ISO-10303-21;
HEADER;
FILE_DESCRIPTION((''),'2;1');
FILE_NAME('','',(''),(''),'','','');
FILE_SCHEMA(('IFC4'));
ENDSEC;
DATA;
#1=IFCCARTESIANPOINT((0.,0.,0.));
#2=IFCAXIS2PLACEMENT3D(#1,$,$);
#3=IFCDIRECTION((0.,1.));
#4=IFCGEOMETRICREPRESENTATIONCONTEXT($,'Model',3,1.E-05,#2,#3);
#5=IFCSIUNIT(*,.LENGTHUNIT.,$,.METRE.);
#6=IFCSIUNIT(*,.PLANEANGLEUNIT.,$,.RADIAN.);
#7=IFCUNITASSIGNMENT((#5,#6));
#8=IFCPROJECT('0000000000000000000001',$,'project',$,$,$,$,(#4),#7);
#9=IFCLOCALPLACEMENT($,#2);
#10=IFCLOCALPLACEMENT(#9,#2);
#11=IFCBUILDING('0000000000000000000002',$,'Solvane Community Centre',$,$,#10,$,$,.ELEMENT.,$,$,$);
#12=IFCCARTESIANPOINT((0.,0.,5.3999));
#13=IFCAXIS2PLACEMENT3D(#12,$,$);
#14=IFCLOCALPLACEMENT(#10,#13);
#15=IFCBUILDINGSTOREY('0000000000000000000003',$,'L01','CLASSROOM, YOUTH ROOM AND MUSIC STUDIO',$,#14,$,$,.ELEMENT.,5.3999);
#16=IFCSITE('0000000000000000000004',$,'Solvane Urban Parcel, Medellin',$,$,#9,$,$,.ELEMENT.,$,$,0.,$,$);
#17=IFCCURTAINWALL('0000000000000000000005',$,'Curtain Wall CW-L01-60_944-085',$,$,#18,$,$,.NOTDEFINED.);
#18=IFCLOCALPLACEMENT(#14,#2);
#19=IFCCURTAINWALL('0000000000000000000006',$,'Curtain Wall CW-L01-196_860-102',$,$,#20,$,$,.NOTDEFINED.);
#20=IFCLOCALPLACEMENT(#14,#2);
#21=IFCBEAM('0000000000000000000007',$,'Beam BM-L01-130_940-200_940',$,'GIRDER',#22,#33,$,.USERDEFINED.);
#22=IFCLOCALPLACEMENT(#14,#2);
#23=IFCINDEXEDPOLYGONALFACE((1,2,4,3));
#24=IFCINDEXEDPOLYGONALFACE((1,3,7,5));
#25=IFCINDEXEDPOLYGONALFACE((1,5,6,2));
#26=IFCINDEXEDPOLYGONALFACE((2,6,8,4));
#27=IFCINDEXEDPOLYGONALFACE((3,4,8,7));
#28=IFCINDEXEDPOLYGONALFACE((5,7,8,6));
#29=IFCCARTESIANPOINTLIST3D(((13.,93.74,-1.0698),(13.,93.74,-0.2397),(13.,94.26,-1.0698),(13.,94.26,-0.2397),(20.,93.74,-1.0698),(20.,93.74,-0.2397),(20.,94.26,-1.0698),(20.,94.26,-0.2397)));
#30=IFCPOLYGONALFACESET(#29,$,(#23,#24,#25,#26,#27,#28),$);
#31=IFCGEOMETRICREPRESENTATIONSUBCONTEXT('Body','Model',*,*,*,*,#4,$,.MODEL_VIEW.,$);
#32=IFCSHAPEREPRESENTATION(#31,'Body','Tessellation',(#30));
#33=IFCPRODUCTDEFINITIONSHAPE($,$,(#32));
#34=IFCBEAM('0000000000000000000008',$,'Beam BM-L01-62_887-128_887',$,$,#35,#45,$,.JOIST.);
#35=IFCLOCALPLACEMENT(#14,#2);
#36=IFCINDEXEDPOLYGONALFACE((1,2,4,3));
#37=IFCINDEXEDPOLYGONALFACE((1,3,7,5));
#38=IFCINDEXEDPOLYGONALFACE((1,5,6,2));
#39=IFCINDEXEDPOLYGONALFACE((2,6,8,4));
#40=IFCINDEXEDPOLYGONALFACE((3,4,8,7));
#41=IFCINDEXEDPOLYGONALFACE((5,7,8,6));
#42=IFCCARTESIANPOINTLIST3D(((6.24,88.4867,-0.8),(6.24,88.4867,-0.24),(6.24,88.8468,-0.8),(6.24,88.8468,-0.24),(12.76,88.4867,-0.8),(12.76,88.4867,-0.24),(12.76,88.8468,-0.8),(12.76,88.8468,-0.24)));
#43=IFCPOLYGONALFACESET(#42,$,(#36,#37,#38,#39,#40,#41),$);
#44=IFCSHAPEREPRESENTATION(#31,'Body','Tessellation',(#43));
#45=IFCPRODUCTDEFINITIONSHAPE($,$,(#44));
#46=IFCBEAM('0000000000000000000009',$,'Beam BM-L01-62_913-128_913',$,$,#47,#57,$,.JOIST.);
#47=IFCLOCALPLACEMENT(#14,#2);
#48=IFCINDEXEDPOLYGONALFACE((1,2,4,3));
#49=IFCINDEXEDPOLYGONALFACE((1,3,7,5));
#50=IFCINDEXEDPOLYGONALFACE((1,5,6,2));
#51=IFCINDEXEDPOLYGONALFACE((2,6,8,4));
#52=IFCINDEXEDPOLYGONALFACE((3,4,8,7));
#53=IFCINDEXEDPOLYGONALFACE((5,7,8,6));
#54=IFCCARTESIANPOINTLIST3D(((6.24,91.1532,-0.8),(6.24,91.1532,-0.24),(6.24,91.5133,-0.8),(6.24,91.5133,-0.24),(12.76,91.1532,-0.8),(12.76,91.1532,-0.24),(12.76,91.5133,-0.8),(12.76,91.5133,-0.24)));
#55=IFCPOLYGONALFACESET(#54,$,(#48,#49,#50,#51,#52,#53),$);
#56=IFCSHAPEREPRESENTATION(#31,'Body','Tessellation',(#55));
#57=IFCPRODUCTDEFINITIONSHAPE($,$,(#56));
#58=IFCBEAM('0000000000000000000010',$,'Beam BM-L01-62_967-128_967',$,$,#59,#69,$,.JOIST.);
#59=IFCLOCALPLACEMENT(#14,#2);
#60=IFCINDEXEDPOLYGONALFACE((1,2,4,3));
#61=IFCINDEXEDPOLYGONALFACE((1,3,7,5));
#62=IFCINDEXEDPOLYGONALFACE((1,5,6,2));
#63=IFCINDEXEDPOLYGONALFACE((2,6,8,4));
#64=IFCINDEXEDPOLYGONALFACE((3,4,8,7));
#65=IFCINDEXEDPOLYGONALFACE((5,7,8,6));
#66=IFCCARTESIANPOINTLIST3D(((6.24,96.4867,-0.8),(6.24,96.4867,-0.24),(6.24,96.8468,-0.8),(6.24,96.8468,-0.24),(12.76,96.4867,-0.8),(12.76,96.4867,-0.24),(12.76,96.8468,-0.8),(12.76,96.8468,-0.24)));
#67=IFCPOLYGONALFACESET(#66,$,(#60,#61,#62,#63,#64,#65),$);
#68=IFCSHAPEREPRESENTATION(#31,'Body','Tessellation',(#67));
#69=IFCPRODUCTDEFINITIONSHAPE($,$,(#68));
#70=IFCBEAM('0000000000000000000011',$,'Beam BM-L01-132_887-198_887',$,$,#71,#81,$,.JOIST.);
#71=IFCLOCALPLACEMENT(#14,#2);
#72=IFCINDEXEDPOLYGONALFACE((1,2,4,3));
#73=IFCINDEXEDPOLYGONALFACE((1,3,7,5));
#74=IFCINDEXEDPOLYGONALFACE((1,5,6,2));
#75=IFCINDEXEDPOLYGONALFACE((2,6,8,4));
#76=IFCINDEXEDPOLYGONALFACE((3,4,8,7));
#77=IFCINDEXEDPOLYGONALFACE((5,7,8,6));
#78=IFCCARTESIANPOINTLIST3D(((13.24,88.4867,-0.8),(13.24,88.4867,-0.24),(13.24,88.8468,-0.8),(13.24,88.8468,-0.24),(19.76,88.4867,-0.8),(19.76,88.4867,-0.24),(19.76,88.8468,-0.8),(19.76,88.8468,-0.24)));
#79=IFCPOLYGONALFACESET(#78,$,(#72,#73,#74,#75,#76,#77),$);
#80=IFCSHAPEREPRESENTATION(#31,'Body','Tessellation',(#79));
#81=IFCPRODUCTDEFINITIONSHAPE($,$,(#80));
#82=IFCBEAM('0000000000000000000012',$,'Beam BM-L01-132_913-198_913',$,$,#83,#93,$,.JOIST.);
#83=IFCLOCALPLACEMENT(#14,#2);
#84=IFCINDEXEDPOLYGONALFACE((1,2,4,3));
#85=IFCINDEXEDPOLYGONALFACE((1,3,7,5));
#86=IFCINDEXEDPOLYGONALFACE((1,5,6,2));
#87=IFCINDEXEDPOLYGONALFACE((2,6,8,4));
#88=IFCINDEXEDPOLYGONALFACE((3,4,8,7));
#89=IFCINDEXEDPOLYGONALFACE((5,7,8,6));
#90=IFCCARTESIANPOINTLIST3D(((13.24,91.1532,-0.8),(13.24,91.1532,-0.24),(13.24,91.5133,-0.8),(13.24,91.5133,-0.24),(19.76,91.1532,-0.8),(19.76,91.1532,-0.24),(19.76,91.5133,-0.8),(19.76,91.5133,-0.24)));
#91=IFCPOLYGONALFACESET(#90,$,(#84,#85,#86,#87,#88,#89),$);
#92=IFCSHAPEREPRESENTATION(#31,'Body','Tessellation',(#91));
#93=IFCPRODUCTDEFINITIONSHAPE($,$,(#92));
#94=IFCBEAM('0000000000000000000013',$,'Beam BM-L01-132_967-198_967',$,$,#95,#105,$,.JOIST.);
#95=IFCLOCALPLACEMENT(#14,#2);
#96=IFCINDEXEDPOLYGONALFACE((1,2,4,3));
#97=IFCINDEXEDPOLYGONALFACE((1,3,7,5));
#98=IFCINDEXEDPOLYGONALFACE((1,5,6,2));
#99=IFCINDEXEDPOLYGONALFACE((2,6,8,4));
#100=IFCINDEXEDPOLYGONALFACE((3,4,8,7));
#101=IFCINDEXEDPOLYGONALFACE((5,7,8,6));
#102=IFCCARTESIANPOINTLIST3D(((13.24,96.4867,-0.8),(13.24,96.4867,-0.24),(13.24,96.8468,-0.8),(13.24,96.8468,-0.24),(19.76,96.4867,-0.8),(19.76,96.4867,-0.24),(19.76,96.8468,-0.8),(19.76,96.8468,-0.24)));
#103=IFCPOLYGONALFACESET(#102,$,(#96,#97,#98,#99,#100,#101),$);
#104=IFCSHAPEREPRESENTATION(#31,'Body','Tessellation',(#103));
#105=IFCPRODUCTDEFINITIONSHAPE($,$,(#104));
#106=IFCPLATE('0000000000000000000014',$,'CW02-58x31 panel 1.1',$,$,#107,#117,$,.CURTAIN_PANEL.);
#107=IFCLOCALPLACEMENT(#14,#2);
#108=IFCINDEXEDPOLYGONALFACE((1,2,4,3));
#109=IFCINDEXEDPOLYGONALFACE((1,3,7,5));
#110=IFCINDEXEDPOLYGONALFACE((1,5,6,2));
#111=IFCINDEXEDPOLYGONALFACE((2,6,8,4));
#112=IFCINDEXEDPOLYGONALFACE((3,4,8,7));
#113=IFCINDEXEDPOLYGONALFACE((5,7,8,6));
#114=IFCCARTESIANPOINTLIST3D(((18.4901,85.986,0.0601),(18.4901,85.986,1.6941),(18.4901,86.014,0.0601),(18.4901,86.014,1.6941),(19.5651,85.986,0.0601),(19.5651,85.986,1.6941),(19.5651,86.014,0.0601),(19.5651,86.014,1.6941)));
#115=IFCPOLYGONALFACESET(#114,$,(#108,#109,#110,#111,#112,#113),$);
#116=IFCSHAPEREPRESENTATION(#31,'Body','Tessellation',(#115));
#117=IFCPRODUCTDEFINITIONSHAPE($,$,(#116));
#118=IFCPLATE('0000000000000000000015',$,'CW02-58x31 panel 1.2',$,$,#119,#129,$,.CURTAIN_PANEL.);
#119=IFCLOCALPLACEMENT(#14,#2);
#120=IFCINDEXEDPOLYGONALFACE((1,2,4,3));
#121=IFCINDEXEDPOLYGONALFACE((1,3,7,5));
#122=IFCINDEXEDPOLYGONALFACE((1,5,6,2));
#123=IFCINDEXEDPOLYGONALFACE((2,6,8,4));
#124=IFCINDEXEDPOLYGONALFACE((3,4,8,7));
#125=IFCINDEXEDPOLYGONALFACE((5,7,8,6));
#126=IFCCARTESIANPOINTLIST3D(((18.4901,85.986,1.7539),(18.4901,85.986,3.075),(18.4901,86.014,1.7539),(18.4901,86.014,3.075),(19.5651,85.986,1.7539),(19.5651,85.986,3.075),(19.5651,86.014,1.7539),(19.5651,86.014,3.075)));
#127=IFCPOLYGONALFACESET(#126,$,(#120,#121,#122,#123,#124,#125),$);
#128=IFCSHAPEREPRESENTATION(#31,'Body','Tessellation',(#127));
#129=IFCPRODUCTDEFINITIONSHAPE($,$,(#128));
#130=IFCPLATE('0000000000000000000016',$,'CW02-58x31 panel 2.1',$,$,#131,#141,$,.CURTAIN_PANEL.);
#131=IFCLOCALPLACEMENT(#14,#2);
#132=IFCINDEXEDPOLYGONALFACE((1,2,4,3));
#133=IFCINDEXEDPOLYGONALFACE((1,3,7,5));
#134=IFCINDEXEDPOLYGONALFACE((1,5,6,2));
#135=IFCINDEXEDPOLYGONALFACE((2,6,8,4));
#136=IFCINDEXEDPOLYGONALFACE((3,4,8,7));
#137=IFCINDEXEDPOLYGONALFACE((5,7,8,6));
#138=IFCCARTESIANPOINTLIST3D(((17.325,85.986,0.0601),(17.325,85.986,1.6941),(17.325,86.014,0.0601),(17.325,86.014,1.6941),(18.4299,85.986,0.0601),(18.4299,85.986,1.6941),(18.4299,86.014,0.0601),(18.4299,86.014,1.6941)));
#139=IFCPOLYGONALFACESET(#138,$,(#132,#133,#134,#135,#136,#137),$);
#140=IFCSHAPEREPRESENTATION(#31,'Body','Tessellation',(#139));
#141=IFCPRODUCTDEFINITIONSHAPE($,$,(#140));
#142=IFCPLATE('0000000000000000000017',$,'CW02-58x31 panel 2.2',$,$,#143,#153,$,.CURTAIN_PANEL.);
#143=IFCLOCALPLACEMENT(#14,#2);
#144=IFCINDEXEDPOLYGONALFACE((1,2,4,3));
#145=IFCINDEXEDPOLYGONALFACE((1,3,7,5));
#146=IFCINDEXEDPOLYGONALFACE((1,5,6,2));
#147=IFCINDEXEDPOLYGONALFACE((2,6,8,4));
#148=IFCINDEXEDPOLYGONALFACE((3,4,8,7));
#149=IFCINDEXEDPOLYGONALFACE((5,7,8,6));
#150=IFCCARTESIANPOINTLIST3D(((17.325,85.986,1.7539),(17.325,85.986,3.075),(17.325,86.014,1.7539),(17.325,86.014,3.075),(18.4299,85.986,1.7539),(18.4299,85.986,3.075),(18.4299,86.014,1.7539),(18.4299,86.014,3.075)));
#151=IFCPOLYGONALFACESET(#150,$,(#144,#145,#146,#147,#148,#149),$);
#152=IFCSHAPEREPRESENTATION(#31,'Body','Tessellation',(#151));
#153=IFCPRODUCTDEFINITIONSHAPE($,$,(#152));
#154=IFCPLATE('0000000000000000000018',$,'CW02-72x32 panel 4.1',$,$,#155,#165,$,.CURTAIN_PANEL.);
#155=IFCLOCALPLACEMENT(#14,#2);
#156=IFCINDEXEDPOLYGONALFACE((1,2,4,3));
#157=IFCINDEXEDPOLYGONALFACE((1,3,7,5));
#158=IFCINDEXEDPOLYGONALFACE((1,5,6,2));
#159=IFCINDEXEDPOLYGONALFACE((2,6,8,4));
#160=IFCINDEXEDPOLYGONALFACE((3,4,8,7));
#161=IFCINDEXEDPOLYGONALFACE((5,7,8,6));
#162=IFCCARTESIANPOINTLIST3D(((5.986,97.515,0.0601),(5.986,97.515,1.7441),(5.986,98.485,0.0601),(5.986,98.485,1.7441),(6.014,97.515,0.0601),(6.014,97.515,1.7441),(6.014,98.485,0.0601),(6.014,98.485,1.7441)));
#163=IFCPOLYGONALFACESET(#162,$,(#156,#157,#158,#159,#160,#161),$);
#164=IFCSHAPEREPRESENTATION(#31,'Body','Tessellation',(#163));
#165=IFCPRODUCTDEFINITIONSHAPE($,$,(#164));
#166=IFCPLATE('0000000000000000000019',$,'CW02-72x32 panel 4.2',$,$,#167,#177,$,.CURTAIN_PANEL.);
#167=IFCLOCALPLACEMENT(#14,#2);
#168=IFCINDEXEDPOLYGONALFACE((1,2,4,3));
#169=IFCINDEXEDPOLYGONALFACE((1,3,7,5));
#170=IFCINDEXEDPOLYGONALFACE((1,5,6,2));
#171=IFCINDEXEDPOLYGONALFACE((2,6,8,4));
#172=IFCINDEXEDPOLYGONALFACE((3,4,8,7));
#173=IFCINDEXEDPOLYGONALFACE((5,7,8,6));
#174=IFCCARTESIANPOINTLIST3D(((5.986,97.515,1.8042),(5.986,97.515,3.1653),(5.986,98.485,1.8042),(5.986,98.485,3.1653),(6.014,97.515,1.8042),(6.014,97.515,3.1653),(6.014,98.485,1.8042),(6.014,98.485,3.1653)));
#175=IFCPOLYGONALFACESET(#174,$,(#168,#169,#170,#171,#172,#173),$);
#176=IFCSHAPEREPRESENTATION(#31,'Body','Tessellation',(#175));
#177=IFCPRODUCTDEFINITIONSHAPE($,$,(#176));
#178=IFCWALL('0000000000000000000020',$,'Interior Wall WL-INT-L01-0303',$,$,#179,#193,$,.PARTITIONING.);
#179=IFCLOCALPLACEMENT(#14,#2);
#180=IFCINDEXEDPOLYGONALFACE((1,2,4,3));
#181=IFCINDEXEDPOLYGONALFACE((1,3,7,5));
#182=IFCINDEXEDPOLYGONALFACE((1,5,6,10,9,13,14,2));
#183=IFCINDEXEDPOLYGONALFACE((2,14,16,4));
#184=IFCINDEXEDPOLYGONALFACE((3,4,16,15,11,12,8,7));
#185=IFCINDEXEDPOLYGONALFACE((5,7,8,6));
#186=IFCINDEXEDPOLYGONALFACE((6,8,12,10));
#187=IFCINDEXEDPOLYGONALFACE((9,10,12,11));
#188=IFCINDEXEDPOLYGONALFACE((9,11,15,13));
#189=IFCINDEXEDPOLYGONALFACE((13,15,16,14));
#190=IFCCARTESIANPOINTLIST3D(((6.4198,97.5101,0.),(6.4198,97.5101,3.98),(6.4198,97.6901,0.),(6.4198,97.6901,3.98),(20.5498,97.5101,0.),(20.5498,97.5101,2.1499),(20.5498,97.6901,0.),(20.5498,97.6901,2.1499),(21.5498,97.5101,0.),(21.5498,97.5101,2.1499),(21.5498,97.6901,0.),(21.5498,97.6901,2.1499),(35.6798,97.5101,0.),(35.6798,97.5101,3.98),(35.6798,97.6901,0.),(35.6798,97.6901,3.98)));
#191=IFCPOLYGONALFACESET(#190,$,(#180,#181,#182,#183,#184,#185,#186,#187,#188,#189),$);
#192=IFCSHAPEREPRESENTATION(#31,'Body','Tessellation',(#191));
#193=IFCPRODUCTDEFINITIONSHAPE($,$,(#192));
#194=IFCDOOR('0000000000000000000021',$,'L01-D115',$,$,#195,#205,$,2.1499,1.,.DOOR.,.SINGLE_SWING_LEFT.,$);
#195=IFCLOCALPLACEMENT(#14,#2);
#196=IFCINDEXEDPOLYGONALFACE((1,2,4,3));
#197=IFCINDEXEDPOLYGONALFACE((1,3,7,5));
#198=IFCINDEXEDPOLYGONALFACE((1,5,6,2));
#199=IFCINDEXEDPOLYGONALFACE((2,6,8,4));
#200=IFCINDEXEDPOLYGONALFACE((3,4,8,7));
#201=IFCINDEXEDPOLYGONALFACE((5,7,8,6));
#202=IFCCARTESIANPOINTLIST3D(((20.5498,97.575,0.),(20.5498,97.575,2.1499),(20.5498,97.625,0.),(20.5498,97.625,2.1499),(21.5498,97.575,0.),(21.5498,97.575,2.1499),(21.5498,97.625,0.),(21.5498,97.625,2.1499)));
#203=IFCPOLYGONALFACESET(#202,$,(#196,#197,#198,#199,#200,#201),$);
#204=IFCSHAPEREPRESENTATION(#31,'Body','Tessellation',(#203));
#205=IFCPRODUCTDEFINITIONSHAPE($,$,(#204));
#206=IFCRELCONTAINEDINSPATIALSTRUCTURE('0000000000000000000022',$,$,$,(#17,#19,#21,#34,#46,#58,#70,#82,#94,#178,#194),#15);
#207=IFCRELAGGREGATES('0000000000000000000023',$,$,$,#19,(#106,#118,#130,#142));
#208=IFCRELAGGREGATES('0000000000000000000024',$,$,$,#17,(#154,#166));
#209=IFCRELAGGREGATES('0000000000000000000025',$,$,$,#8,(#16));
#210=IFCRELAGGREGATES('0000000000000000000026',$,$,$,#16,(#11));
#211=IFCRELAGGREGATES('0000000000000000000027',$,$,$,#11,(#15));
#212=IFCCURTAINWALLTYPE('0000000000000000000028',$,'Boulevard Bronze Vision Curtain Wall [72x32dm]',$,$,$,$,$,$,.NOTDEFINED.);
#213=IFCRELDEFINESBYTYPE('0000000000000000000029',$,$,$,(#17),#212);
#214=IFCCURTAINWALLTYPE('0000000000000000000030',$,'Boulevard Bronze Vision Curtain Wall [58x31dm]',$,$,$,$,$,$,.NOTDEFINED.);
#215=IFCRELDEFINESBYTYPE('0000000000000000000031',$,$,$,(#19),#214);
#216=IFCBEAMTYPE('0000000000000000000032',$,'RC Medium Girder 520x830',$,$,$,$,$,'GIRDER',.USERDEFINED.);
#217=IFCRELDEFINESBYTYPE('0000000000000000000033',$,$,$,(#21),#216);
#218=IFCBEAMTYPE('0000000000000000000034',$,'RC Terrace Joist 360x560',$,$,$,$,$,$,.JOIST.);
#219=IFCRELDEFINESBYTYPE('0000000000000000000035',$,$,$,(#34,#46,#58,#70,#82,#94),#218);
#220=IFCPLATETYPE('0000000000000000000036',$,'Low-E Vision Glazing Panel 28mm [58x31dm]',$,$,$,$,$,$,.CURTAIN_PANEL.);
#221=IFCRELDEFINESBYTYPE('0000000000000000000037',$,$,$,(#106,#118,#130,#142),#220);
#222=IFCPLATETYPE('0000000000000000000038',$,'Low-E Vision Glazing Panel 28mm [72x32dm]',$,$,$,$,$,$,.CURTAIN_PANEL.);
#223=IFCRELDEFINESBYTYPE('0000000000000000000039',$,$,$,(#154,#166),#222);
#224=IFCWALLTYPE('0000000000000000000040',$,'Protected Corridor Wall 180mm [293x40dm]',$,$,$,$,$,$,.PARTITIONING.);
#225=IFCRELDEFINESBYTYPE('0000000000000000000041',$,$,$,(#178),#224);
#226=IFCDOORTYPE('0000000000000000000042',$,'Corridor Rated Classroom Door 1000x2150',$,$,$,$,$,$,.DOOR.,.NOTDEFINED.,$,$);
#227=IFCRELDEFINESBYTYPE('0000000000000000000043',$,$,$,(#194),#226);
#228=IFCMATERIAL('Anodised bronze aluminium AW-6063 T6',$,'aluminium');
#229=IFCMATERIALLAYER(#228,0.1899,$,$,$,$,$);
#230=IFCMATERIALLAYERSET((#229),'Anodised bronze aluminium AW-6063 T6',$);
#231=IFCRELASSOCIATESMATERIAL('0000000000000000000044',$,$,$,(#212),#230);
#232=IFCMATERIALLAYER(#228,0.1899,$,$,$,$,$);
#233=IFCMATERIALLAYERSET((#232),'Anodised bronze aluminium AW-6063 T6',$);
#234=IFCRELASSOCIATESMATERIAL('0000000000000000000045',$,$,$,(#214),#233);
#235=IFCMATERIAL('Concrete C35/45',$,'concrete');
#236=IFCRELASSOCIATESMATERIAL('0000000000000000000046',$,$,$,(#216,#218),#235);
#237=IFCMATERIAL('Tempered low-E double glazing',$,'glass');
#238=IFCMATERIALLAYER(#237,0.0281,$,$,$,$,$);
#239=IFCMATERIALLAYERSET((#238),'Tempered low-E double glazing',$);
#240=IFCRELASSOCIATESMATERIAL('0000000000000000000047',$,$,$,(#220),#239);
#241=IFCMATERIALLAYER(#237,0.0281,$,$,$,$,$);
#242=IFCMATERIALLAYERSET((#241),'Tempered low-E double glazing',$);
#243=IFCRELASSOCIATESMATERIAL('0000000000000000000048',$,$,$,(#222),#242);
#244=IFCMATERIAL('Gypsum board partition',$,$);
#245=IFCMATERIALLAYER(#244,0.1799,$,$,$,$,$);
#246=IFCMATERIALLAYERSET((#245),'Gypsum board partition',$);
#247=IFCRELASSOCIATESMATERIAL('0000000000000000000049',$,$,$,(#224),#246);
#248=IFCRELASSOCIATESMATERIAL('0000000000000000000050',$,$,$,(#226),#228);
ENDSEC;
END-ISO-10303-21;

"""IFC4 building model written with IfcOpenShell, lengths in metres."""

from ifc_helpers import new_model, si_unit, direction, frame, frame_2d, origin, origin_2d, place, context, subcontext, project, spatial, rectangle, extrude, material, layer, layer_set, material_profile, profile_set, type_object, element, fill, aggregate, save


model = new_model("IFC4")

# Units and contexts
model_context = context("Model", 3, precision=1e-05, world=origin(), true_north=direction((0.0, 1.0)))
body_context = subcontext(model_context, "Body", "Model", "MODEL_VIEW")
ifc_project = project(units=[si_unit("LENGTHUNIT", "METRE"), si_unit("PLANEANGLEUNIT", "RADIAN")], contexts=[model_context])

# Site, building, storey
site_placement = place(None, origin())
site = spatial("IfcSite", under=ifc_project, at=site_placement, Name="Solvane Urban Parcel, Medellin", CompositionType="ELEMENT", RefElevation=0.0)
building_placement = place(site_placement, origin())
building = spatial("IfcBuilding", under=site, at=building_placement, Name="Solvane Community Centre", CompositionType="ELEMENT")
storey_placement = place(building_placement, frame((0.0, 0.0, 5.3999)))
storey = spatial("IfcBuildingStorey", under=building, at=storey_placement, Name="L01", Description="CLASSROOM, YOUTH ROOM AND MUSIC STUDIO", CompositionType="ELEMENT", Elevation=5.3999)

# Shared definitions
ifc_material_1 = material(Name="Concrete C35/45", Category="concrete")

# Curtain wall
ifc_material_2 = material(Name="Anodised bronze aluminium AW-6063 T6", Category="aluminium")
ifc_layer_1 = layer(ifc_material_2, 0.1899)
ifc_layer_set_1 = layer_set([ifc_layer_1], Name="Anodised bronze aluminium AW-6063 T6")
curtain_wall_type_1 = type_object("IfcCurtainWallType", Name="Boulevard Bronze Vision Curtain Wall [72x32dm]", PredefinedType="NOTDEFINED", material=ifc_layer_set_1)
curtain_wall_1_placement = place(storey_placement, origin())
curtain_wall_1 = element("IfcCurtainWall", 1, at=curtain_wall_1_placement, inside=storey, type_object=curtain_wall_type_1, Name="Curtain Wall CW-L01-60_944-085", PredefinedType="NOTDEFINED")

# Curtain wall
ifc_layer_2 = layer(ifc_material_2, 0.1899)
ifc_layer_set_2 = layer_set([ifc_layer_2], Name="Anodised bronze aluminium AW-6063 T6")
curtain_wall_type_2 = type_object("IfcCurtainWallType", Name="Boulevard Bronze Vision Curtain Wall [58x31dm]", PredefinedType="NOTDEFINED", material=ifc_layer_set_2)
curtain_wall_2_placement = place(storey_placement, origin())
curtain_wall_2 = element("IfcCurtainWall", 2, at=curtain_wall_2_placement, inside=storey, type_object=curtain_wall_type_2, Name="Curtain Wall CW-L01-196_860-102", PredefinedType="NOTDEFINED")

# Beams
ifc_material_profile_1 = material_profile(ifc_material_1, rectangle(XDim=0.52, YDim=0.8301, at=origin_2d()), Name="RC 520x830")
ifc_profile_set_1 = profile_set([ifc_material_profile_1], Name="Concrete C35/45")
beam_type_1 = type_object("IfcBeamType", Name="RC Medium Girder 520x830", ElementType="GIRDER", PredefinedType="USERDEFINED", material=ifc_profile_set_1)
beam_1_placement = place(storey_placement, frame((13.0, 94.0, -0.6548), z_axis=(1.0, 0.0, 0.0), x_axis=(0.0, 1.0, 0.0)))
element("IfcBeam", 3, at=beam_1_placement, inside=storey, type_object=beam_type_1, Name="Beam BM-L01-130_940-200_940", ObjectType="GIRDER", PredefinedType="USERDEFINED", context=body_context, shape_type="SweptSolid", body=[
    extrude(rectangle(XDim=0.52, YDim=0.8301, at=origin_2d()), origin(), (0.0, 0.0, 1.0), 7.0),
])
ifc_material_profile_2 = material_profile(ifc_material_1, rectangle(XDim=0.3601, YDim=0.5601, at=origin_2d()), Name="RC 360x560")
ifc_profile_set_2 = profile_set([ifc_material_profile_2], Name="Concrete C35/45")
beam_type_2 = type_object("IfcBeamType", Name="RC Terrace Joist 360x560", PredefinedType="JOIST", material=ifc_profile_set_2)
for number, where, z_axis, x_axis, name in (
    (4, (6.24, 88.6667, -0.52), (1.0, 0.0, 0.0), (0.0, 1.0, 0.0), "Beam BM-L01-62_887-128_887"),
    (5, (6.24, 91.3333, -0.52), (1.0, 0.0, 0.0), (0.0, 1.0, 0.0), "Beam BM-L01-62_913-128_913"),
    (6, (6.24, 96.6667, -0.52), (1.0, 0.0, 0.0), (0.0, 1.0, 0.0), "Beam BM-L01-62_967-128_967"),
    (7, (13.24, 88.6667, -0.52), (1.0, 0.0, 0.0), (0.0, 1.0, 0.0), "Beam BM-L01-132_887-198_887"),
    (8, (13.24, 91.3333, -0.52), (1.0, 0.0, 0.0), (0.0, 1.0, 0.0), "Beam BM-L01-132_913-198_913"),
    (9, (13.24, 96.6667, -0.52), (1.0, 0.0, 0.0), (0.0, 1.0, 0.0), "Beam BM-L01-132_967-198_967"),
):
    element("IfcBeam", number, at=place(storey_placement, frame(where, z_axis=z_axis, x_axis=x_axis)), inside=storey, type_object=beam_type_2, Name=name, PredefinedType="JOIST", context=body_context, shape_type="SweptSolid", body=[
        extrude(rectangle(XDim=0.3601, YDim=0.5601, at=origin_2d()), origin(), (0.0, 0.0, 1.0), 6.52),
    ])

# Plates
ifc_material_3 = material(Name="Tempered low-E double glazing", Category="glass")
ifc_layer_3 = layer(ifc_material_3, 0.0281)
ifc_layer_set_3 = layer_set([ifc_layer_3], Name="Tempered low-E double glazing")
plate_type_1 = type_object("IfcPlateType", Name="Low-E Vision Glazing Panel 28mm [58x31dm]", PredefinedType="CURTAIN_PANEL", material=ifc_layer_set_3)
plate_1_placement = place(storey_placement, frame((19.0276, 86.0, 0.0601), z_axis=(0.0, 0.0, 1.0), x_axis=(-1.0, 0.0, 0.0)))
plate_1 = element("IfcPlate", 10, at=plate_1_placement, type_object=plate_type_1, Name="CW02-58x31 panel 1.1", PredefinedType="CURTAIN_PANEL", context=body_context, shape_type="SweptSolid", body=[
    extrude(rectangle(XDim=1.075, YDim=0.0281, at=origin_2d()), origin(), (0.0, 0.0, 1.0), 1.634),
])
plate_2_placement = place(storey_placement, frame((19.0276, 86.0, 1.7539), z_axis=(0.0, 0.0, 1.0), x_axis=(-1.0, 0.0, 0.0)))
plate_2 = element("IfcPlate", 11, at=plate_2_placement, type_object=plate_type_1, Name="CW02-58x31 panel 1.2", PredefinedType="CURTAIN_PANEL", context=body_context, shape_type="SweptSolid", body=[
    extrude(rectangle(XDim=1.075, YDim=0.0281, at=origin_2d()), origin(), (0.0, 0.0, 1.0), 1.321),
])
plate_3_placement = place(storey_placement, frame((17.8774, 86.0, 0.0601), z_axis=(0.0, 0.0, 1.0), x_axis=(-1.0, 0.0, 0.0)))
plate_3 = element("IfcPlate", 12, at=plate_3_placement, type_object=plate_type_1, Name="CW02-58x31 panel 2.1", PredefinedType="CURTAIN_PANEL", context=body_context, shape_type="SweptSolid", body=[
    extrude(rectangle(XDim=1.105, YDim=0.0281, at=origin_2d()), origin(), (0.0, 0.0, 1.0), 1.634),
])
plate_4_placement = place(storey_placement, frame((17.8774, 86.0, 1.7539), z_axis=(0.0, 0.0, 1.0), x_axis=(-1.0, 0.0, 0.0)))
plate_4 = element("IfcPlate", 13, at=plate_4_placement, type_object=plate_type_1, Name="CW02-58x31 panel 2.2", PredefinedType="CURTAIN_PANEL", context=body_context, shape_type="SweptSolid", body=[
    extrude(rectangle(XDim=1.105, YDim=0.0281, at=origin_2d()), origin(), (0.0, 0.0, 1.0), 1.321),
])
aggregate(curtain_wall_2, [plate_1, plate_2, plate_3, plate_4])
ifc_layer_4 = layer(ifc_material_3, 0.0281)
ifc_layer_set_4 = layer_set([ifc_layer_4], Name="Tempered low-E double glazing")
plate_type_2 = type_object("IfcPlateType", Name="Low-E Vision Glazing Panel 28mm [72x32dm]", PredefinedType="CURTAIN_PANEL", material=ifc_layer_set_4)
plate_5_placement = place(storey_placement, frame((6.0, 98.0, 0.0601), z_axis=(0.0, 0.0, 1.0), x_axis=(0.0, 1.0, 0.0)))
plate_5 = element("IfcPlate", 14, at=plate_5_placement, type_object=plate_type_2, Name="CW02-72x32 panel 4.1", PredefinedType="CURTAIN_PANEL", context=body_context, shape_type="SweptSolid", body=[
    extrude(rectangle(XDim=0.97, YDim=0.0281, at=origin_2d()), origin(), (0.0, 0.0, 1.0), 1.6841),
])
plate_6_placement = place(storey_placement, frame((6.0, 98.0, 1.8042), z_axis=(0.0, 0.0, 1.0), x_axis=(0.0, 1.0, 0.0)))
plate_6 = element("IfcPlate", 15, at=plate_6_placement, type_object=plate_type_2, Name="CW02-72x32 panel 4.2", PredefinedType="CURTAIN_PANEL", context=body_context, shape_type="SweptSolid", body=[
    extrude(rectangle(XDim=0.97, YDim=0.0281, at=origin_2d()), origin(), (0.0, 0.0, 1.0), 1.3611),
])
aggregate(curtain_wall_1, [plate_5, plate_6])

# Wall, opening, door
ifc_material_4 = material(Name="Gypsum board partition")
ifc_layer_5 = layer(ifc_material_4, 0.1799)
ifc_layer_set_5 = layer_set([ifc_layer_5], Name="Gypsum board partition")
wall_type = type_object("IfcWallType", Name="Protected Corridor Wall 180mm [293x40dm]", PredefinedType="PARTITIONING", material=ifc_layer_set_5)
wall_placement = place(storey_placement, frame((6.4199, 97.6001, 0.0), z_axis=(0.0, 0.0, 1.0), x_axis=(1.0, 0.0, 0.0)))
wall = element("IfcWall", 16, at=wall_placement, inside=storey, type_object=wall_type, Name="Interior Wall WL-INT-L01-0303", PredefinedType="PARTITIONING", context=body_context, shape_type="SweptSolid", body=[
    extrude(rectangle(XDim=29.26, YDim=0.1799, at=frame_2d((14.6299, 0.0))), origin(), (0.0, 0.0, 1.0), 3.98),
])
opening_placement = place(wall_placement, frame((14.1299, 0.0, 0.0)))
opening = element("IfcOpeningElement", 17, at=opening_placement, cuts=wall, PredefinedType="OPENING", context=body_context, shape_type="SweptSolid", body=[
    extrude(rectangle(XDim=1.0, YDim=2.1499, at=frame_2d((0.5, 1.075))), frame((0.0, 0.0999, 0.0), z_axis=(0.0, -1.0, 0.0), x_axis=(1.0, 0.0, 0.0)), (0.0, 0.0, 1.0), 0.2),
])
door_type = type_object("IfcDoorType", Name="Corridor Rated Classroom Door 1000x2150", OperationType="NOTDEFINED", PredefinedType="DOOR", material=ifc_material_2)
door_placement = place(opening_placement, origin())
door = element("IfcDoor", 18, at=door_placement, inside=storey, type_object=door_type, Name="L01-D115", OperationType="SINGLE_SWING_LEFT", OverallHeight=2.1499, OverallWidth=1.0, PredefinedType="DOOR", context=body_context, shape_type="SweptSolid", body=[
    extrude(rectangle(XDim=1.0, YDim=2.1499, at=frame_2d((0.5, 1.075))), frame((0.0, 0.0249, 0.0), z_axis=(0.0, -1.0, 0.0), x_axis=(1.0, 0.0, 0.0)), (0.0, 0.0, 1.0), 0.05),
])
fill(opening, door)

save(model, "model.ifc")
